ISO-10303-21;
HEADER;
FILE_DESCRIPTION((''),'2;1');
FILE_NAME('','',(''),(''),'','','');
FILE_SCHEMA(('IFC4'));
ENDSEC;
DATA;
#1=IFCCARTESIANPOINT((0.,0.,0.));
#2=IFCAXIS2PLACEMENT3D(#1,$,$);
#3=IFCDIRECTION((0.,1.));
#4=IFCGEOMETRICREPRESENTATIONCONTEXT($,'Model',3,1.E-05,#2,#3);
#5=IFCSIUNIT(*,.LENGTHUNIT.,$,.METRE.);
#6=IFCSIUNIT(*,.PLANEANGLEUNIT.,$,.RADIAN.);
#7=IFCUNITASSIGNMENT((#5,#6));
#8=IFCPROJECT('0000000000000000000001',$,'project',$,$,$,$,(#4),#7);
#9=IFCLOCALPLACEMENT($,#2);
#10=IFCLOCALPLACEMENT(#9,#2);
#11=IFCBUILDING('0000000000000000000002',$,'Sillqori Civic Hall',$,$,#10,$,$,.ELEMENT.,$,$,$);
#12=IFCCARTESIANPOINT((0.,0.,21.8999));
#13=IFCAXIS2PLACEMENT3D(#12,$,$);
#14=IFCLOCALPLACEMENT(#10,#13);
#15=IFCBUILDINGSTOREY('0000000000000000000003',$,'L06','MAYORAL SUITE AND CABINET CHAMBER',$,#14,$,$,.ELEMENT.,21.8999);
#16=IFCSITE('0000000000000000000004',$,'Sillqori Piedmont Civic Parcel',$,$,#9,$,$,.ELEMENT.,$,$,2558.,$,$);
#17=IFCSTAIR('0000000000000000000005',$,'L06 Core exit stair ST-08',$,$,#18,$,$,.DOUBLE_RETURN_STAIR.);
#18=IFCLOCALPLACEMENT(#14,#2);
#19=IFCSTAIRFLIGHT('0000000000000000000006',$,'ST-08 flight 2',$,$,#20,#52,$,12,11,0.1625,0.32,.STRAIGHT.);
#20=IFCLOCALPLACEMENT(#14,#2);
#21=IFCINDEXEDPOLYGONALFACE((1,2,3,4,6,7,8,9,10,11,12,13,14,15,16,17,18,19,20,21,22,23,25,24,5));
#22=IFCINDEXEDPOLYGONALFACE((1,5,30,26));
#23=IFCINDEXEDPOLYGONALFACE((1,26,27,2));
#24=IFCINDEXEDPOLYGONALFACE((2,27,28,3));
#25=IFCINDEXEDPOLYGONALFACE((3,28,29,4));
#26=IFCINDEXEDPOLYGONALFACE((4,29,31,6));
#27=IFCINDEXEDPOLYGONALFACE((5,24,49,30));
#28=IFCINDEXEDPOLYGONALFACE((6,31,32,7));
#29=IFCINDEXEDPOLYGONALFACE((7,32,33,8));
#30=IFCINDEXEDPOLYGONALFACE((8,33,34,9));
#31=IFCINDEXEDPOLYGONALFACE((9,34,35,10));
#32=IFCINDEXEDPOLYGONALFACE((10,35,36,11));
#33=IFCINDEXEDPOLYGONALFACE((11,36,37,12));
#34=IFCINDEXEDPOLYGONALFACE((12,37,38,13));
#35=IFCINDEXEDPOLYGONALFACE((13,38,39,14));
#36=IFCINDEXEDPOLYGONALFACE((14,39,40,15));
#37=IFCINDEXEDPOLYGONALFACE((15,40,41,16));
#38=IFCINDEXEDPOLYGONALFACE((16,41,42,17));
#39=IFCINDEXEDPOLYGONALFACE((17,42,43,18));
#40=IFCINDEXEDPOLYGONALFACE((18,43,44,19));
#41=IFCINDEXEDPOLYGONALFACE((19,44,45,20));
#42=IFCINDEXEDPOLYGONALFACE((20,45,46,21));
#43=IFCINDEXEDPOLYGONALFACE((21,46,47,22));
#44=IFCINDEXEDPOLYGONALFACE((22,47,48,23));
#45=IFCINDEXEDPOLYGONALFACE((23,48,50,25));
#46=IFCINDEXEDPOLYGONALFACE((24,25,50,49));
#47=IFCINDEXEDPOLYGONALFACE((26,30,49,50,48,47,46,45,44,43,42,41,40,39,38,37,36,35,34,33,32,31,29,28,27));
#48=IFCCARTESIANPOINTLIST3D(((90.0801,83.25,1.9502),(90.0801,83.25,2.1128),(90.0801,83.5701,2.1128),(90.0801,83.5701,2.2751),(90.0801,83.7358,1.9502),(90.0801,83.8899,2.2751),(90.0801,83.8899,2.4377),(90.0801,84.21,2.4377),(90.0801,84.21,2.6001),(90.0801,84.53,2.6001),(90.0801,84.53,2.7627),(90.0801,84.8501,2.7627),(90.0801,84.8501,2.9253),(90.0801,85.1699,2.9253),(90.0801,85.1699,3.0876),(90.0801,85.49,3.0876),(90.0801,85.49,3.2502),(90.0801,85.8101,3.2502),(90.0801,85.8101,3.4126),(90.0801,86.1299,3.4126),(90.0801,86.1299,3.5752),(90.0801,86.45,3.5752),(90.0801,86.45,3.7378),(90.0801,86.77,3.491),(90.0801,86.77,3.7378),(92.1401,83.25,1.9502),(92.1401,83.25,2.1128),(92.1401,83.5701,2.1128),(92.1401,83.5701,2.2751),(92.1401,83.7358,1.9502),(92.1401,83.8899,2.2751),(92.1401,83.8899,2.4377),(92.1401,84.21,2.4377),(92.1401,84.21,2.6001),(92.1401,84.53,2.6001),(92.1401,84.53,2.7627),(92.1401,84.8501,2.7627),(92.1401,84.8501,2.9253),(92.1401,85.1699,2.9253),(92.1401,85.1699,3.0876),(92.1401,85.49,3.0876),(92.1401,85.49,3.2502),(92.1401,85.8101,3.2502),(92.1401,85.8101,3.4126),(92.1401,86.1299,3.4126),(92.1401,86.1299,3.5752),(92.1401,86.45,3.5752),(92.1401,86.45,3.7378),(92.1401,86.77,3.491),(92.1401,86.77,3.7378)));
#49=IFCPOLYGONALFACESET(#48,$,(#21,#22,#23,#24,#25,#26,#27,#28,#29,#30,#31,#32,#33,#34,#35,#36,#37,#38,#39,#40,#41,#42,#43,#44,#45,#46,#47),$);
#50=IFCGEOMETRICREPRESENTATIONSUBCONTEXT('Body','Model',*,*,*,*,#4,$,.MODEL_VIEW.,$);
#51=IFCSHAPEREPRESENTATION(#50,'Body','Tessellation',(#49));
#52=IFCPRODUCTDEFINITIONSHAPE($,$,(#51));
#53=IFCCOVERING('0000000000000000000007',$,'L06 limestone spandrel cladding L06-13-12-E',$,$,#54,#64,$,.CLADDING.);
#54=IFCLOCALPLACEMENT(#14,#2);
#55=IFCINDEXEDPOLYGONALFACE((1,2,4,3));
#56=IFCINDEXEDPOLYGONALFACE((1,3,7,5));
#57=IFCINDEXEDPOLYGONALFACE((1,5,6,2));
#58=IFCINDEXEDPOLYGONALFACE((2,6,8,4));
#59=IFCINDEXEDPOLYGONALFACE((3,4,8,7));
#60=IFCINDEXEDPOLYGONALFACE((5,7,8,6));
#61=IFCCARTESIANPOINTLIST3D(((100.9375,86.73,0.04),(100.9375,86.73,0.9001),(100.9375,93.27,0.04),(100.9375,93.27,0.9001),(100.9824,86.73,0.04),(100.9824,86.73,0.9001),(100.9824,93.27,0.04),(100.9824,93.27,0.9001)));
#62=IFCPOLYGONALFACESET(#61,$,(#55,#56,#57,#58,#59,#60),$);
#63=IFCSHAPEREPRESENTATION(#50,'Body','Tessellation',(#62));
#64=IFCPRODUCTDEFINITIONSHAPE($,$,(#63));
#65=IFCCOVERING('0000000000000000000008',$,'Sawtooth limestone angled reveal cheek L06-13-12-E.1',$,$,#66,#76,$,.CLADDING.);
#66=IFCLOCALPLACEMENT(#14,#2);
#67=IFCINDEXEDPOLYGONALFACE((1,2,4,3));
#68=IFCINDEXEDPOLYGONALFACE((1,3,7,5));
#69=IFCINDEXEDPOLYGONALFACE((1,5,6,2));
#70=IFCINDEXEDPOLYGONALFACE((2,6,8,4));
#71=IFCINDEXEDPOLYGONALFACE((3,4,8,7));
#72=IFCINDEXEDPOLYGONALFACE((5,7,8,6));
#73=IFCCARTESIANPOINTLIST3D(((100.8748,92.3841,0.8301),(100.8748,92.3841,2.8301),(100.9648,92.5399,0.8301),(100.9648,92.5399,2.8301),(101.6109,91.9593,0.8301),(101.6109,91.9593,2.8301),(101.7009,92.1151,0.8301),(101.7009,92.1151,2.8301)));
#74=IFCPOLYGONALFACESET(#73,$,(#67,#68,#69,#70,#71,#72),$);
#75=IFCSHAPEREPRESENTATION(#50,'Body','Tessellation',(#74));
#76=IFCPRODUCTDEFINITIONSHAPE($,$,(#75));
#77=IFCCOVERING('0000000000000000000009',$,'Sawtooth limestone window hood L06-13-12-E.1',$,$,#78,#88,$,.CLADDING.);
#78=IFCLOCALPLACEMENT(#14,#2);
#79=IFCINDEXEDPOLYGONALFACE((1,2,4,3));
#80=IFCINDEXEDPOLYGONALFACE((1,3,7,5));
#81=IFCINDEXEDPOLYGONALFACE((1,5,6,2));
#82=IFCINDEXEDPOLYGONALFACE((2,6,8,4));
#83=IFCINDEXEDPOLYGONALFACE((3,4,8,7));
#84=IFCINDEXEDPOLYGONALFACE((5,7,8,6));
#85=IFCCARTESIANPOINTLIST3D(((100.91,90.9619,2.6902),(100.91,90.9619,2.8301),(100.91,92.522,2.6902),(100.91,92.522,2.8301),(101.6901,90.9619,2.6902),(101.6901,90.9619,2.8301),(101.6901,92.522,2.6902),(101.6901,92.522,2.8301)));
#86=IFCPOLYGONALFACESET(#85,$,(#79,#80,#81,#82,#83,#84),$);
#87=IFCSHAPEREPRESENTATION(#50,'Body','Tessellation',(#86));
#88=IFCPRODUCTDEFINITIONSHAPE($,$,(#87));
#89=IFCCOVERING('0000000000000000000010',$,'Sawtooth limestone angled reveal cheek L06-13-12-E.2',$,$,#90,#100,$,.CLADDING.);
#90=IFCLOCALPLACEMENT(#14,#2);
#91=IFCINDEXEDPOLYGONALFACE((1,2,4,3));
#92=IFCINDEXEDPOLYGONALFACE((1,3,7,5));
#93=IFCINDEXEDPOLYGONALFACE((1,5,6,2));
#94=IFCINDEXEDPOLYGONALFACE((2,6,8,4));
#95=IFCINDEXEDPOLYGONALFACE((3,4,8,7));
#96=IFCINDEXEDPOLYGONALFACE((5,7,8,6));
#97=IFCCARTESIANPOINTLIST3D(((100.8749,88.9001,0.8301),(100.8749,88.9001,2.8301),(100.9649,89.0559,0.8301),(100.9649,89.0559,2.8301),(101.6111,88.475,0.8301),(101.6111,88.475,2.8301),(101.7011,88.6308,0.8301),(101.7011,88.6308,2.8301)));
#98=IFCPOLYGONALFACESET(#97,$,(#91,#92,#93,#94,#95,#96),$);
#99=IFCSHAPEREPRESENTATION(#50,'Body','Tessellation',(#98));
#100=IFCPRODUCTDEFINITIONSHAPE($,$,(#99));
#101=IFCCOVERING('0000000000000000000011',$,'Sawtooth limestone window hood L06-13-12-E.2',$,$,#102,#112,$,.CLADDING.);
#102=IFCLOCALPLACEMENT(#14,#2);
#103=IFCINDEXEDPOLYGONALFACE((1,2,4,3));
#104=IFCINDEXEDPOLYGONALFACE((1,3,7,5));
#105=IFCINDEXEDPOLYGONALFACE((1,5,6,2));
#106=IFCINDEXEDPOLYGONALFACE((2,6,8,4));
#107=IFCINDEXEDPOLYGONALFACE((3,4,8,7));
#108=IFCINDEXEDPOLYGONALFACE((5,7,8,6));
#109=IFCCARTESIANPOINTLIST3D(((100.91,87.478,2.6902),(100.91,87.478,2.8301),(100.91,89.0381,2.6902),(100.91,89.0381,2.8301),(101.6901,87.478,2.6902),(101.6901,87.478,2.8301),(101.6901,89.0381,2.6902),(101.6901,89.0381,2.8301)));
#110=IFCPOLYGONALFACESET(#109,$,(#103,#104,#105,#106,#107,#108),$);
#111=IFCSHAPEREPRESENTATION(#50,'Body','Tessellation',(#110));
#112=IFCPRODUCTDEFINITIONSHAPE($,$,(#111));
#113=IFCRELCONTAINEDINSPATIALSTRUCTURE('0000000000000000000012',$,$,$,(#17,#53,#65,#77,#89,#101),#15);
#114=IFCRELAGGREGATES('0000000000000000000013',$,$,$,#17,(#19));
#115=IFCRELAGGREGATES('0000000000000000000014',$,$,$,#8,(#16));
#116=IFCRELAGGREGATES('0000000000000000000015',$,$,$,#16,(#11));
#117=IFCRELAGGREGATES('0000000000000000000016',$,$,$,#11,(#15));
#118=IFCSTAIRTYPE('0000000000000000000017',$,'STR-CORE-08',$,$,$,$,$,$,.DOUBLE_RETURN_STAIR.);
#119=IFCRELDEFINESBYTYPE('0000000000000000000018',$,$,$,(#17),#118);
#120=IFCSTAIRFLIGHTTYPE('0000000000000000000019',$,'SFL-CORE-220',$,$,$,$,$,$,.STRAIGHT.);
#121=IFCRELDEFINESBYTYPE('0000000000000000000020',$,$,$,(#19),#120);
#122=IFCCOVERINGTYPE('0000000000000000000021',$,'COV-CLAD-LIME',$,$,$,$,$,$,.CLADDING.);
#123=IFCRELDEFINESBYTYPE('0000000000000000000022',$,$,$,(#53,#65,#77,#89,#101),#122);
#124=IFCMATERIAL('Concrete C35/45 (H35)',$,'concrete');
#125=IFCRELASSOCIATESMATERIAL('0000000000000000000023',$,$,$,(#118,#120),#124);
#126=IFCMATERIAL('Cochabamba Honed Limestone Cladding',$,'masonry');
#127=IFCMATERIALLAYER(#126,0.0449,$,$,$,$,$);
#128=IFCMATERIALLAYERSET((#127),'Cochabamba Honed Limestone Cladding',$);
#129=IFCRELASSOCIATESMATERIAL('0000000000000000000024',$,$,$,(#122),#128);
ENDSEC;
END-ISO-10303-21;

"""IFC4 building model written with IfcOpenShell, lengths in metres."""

from ifc_helpers import new_model, si_unit, direction, frame, frame_2d, origin, place, context, subcontext, project, spatial, polyline, rectangle, outline, extrude, material, layer, layer_set, type_object, element, aggregate, save


model = new_model("IFC4")

# Units and contexts
model_context = context("Model", 3, precision=1e-05, world=origin(), true_north=direction((0.0, 1.0)))
body_context = subcontext(model_context, "Body", "Model", "MODEL_VIEW")
ifc_project = project(units=[si_unit("LENGTHUNIT", "METRE"), si_unit("PLANEANGLEUNIT", "RADIAN")], contexts=[model_context])

# Site, building, storey
site_placement = place(None, origin())
site = spatial("IfcSite", under=ifc_project, at=site_placement, Name="Sillqori Piedmont Civic Parcel", CompositionType="ELEMENT", RefElevation=2558.0)
building_placement = place(site_placement, origin())
building = spatial("IfcBuilding", under=site, at=building_placement, Name="Sillqori Civic Hall", CompositionType="ELEMENT")
storey_placement = place(building_placement, frame((0.0, 0.0, 21.8999)))
storey = spatial("IfcBuildingStorey", under=building, at=storey_placement, Name="L06", Description="MAYORAL SUITE AND CABINET CHAMBER", CompositionType="ELEMENT", Elevation=21.8999)

# Shared definitions
ifc_material_1 = material(Name="Concrete C35/45 (H35)", Category="concrete")

# Stair, stair flight
stair_type = type_object("IfcStairType", Name="STR-CORE-08", PredefinedType="DOUBLE_RETURN_STAIR", material=ifc_material_1)
stair_placement = place(storey_placement, origin())
stair = element("IfcStair", 1, at=stair_placement, inside=storey, type_object=stair_type, Name="L06 Core exit stair ST-08", PredefinedType="DOUBLE_RETURN_STAIR")
stair_flight_type = type_object("IfcStairFlightType", Name="SFL-CORE-220", PredefinedType="STRAIGHT", material=ifc_material_1)
stair_flight_placement = place(storey_placement, frame((91.1101, 83.25, 1.9502), z_axis=(0.0, 0.0, 1.0), x_axis=(0.0, 1.0, 0.0)))
stair_flight = element("IfcStairFlight", 2, at=stair_flight_placement, type_object=stair_flight_type, Name="ST-08 flight 2", NumberOfRisers=12, NumberOfTreads=11, PredefinedType="STRAIGHT", RiserHeight=0.1625, TreadLength=0.32, context=body_context, shape_type="SweptSolid", body=[
    extrude(outline(polyline([(0.0, 0.0), (0.0, 0.1626), (0.3201, 0.1626), (0.3201, 0.325), (0.6399, 0.325), (0.6399, 0.4875), (0.96, 0.4875), (0.96, 0.6499), (1.28, 0.6499), (1.28, 0.8125), (1.6001, 0.8125), (1.6001, 0.9751), (1.9199, 0.9751), (1.9199, 1.1375), (2.24, 1.1375), (2.24, 1.3), (2.5601, 1.3), (2.5601, 1.4624), (2.8799, 1.4624), (2.8799, 1.625), (3.2, 1.625), (3.2, 1.7876), (3.52, 1.7876), (3.52, 1.95), (3.52, 1.5408), (0.4858, 0.0), (0.0, 0.0)])), frame((0.0, 1.03, 0.0), z_axis=(0.0, -1.0, 0.0), x_axis=(1.0, 0.0, 0.0)), (0.0, 0.0, 1.0), 2.0601),
])
aggregate(stair, [stair_flight])

# Coverings
ifc_material_2 = material(Name="Cochabamba Honed Limestone Cladding", Category="masonry")
ifc_layer_1 = layer(ifc_material_2, 0.0449)
ifc_layer_set_1 = layer_set([ifc_layer_1], Name="Cochabamba Honed Limestone Cladding")
covering_type = type_object("IfcCoveringType", Name="COV-CLAD-LIME", PredefinedType="CLADDING", material=ifc_layer_set_1)
covering_1_placement = place(storey_placement, frame((100.96, 93.27, 0.04), z_axis=(0.0, 0.0, 1.0), x_axis=(0.0, -1.0, 0.0)))
element("IfcCovering", 3, at=covering_1_placement, inside=storey, type_object=covering_type, Name="L06 limestone spandrel cladding L06-13-12-E", PredefinedType="CLADDING", context=body_context, shape_type="SweptSolid", body=[
    extrude(rectangle(XDim=6.54, YDim=0.0449, at=frame_2d((3.27, 0.0))), origin(), (0.0, 0.0, 1.0), 0.8601),
])
covering_2_placement = place(storey_placement, frame((100.9199, 92.4619, 0.8301), z_axis=(0.0, 0.0, 1.0), x_axis=(0.866114, -0.499847, 0.0)))
element("IfcCovering", 4, at=covering_2_placement, inside=storey, type_object=covering_type, Name="Sawtooth limestone angled reveal cheek L06-13-12-E.1", PredefinedType="CLADDING", context=body_context, shape_type="SweptSolid", body=[
    extrude(rectangle(XDim=0.8499, YDim=0.1799, at=frame_2d((0.4248, 0.0))), origin(), (0.0, 0.0, 1.0), 2.0),
])
covering_3_placement = place(storey_placement, frame((101.3, 92.522, 2.6902), z_axis=(0.0, 0.0, 1.0), x_axis=(0.0, -1.0, 0.0)))
element("IfcCovering", 5, at=covering_3_placement, inside=storey, type_object=covering_type, Name="Sawtooth limestone window hood L06-13-12-E.1", PredefinedType="CLADDING", context=body_context, shape_type="SweptSolid", body=[
    extrude(rectangle(XDim=1.5601, YDim=0.78, at=frame_2d((0.78, 0.0))), origin(), (0.0, 0.0, 1.0), 0.1399),
])
covering_4_placement = place(storey_placement, frame((100.9199, 88.978, 0.8301), z_axis=(0.0, 0.0, 1.0), x_axis=(0.865989, -0.500062, 0.0)))
element("IfcCovering", 6, at=covering_4_placement, inside=storey, type_object=covering_type, Name="Sawtooth limestone angled reveal cheek L06-13-12-E.2", PredefinedType="CLADDING", context=body_context, shape_type="SweptSolid", body=[
    extrude(rectangle(XDim=0.8501, YDim=0.1799, at=frame_2d((0.425, 0.0))), origin(), (0.0, 0.0, 1.0), 2.0),
])
covering_5_placement = place(storey_placement, frame((101.3, 89.0381, 2.6902), z_axis=(0.0, 0.0, 1.0), x_axis=(0.0, -1.0, 0.0)))
element("IfcCovering", 7, at=covering_5_placement, inside=storey, type_object=covering_type, Name="Sawtooth limestone window hood L06-13-12-E.2", PredefinedType="CLADDING", context=body_context, shape_type="SweptSolid", body=[
    extrude(rectangle(XDim=1.5601, YDim=0.78, at=frame_2d((0.78, 0.0))), origin(), (0.0, 0.0, 1.0), 0.1399),
])

save(model, "model.ifc")
